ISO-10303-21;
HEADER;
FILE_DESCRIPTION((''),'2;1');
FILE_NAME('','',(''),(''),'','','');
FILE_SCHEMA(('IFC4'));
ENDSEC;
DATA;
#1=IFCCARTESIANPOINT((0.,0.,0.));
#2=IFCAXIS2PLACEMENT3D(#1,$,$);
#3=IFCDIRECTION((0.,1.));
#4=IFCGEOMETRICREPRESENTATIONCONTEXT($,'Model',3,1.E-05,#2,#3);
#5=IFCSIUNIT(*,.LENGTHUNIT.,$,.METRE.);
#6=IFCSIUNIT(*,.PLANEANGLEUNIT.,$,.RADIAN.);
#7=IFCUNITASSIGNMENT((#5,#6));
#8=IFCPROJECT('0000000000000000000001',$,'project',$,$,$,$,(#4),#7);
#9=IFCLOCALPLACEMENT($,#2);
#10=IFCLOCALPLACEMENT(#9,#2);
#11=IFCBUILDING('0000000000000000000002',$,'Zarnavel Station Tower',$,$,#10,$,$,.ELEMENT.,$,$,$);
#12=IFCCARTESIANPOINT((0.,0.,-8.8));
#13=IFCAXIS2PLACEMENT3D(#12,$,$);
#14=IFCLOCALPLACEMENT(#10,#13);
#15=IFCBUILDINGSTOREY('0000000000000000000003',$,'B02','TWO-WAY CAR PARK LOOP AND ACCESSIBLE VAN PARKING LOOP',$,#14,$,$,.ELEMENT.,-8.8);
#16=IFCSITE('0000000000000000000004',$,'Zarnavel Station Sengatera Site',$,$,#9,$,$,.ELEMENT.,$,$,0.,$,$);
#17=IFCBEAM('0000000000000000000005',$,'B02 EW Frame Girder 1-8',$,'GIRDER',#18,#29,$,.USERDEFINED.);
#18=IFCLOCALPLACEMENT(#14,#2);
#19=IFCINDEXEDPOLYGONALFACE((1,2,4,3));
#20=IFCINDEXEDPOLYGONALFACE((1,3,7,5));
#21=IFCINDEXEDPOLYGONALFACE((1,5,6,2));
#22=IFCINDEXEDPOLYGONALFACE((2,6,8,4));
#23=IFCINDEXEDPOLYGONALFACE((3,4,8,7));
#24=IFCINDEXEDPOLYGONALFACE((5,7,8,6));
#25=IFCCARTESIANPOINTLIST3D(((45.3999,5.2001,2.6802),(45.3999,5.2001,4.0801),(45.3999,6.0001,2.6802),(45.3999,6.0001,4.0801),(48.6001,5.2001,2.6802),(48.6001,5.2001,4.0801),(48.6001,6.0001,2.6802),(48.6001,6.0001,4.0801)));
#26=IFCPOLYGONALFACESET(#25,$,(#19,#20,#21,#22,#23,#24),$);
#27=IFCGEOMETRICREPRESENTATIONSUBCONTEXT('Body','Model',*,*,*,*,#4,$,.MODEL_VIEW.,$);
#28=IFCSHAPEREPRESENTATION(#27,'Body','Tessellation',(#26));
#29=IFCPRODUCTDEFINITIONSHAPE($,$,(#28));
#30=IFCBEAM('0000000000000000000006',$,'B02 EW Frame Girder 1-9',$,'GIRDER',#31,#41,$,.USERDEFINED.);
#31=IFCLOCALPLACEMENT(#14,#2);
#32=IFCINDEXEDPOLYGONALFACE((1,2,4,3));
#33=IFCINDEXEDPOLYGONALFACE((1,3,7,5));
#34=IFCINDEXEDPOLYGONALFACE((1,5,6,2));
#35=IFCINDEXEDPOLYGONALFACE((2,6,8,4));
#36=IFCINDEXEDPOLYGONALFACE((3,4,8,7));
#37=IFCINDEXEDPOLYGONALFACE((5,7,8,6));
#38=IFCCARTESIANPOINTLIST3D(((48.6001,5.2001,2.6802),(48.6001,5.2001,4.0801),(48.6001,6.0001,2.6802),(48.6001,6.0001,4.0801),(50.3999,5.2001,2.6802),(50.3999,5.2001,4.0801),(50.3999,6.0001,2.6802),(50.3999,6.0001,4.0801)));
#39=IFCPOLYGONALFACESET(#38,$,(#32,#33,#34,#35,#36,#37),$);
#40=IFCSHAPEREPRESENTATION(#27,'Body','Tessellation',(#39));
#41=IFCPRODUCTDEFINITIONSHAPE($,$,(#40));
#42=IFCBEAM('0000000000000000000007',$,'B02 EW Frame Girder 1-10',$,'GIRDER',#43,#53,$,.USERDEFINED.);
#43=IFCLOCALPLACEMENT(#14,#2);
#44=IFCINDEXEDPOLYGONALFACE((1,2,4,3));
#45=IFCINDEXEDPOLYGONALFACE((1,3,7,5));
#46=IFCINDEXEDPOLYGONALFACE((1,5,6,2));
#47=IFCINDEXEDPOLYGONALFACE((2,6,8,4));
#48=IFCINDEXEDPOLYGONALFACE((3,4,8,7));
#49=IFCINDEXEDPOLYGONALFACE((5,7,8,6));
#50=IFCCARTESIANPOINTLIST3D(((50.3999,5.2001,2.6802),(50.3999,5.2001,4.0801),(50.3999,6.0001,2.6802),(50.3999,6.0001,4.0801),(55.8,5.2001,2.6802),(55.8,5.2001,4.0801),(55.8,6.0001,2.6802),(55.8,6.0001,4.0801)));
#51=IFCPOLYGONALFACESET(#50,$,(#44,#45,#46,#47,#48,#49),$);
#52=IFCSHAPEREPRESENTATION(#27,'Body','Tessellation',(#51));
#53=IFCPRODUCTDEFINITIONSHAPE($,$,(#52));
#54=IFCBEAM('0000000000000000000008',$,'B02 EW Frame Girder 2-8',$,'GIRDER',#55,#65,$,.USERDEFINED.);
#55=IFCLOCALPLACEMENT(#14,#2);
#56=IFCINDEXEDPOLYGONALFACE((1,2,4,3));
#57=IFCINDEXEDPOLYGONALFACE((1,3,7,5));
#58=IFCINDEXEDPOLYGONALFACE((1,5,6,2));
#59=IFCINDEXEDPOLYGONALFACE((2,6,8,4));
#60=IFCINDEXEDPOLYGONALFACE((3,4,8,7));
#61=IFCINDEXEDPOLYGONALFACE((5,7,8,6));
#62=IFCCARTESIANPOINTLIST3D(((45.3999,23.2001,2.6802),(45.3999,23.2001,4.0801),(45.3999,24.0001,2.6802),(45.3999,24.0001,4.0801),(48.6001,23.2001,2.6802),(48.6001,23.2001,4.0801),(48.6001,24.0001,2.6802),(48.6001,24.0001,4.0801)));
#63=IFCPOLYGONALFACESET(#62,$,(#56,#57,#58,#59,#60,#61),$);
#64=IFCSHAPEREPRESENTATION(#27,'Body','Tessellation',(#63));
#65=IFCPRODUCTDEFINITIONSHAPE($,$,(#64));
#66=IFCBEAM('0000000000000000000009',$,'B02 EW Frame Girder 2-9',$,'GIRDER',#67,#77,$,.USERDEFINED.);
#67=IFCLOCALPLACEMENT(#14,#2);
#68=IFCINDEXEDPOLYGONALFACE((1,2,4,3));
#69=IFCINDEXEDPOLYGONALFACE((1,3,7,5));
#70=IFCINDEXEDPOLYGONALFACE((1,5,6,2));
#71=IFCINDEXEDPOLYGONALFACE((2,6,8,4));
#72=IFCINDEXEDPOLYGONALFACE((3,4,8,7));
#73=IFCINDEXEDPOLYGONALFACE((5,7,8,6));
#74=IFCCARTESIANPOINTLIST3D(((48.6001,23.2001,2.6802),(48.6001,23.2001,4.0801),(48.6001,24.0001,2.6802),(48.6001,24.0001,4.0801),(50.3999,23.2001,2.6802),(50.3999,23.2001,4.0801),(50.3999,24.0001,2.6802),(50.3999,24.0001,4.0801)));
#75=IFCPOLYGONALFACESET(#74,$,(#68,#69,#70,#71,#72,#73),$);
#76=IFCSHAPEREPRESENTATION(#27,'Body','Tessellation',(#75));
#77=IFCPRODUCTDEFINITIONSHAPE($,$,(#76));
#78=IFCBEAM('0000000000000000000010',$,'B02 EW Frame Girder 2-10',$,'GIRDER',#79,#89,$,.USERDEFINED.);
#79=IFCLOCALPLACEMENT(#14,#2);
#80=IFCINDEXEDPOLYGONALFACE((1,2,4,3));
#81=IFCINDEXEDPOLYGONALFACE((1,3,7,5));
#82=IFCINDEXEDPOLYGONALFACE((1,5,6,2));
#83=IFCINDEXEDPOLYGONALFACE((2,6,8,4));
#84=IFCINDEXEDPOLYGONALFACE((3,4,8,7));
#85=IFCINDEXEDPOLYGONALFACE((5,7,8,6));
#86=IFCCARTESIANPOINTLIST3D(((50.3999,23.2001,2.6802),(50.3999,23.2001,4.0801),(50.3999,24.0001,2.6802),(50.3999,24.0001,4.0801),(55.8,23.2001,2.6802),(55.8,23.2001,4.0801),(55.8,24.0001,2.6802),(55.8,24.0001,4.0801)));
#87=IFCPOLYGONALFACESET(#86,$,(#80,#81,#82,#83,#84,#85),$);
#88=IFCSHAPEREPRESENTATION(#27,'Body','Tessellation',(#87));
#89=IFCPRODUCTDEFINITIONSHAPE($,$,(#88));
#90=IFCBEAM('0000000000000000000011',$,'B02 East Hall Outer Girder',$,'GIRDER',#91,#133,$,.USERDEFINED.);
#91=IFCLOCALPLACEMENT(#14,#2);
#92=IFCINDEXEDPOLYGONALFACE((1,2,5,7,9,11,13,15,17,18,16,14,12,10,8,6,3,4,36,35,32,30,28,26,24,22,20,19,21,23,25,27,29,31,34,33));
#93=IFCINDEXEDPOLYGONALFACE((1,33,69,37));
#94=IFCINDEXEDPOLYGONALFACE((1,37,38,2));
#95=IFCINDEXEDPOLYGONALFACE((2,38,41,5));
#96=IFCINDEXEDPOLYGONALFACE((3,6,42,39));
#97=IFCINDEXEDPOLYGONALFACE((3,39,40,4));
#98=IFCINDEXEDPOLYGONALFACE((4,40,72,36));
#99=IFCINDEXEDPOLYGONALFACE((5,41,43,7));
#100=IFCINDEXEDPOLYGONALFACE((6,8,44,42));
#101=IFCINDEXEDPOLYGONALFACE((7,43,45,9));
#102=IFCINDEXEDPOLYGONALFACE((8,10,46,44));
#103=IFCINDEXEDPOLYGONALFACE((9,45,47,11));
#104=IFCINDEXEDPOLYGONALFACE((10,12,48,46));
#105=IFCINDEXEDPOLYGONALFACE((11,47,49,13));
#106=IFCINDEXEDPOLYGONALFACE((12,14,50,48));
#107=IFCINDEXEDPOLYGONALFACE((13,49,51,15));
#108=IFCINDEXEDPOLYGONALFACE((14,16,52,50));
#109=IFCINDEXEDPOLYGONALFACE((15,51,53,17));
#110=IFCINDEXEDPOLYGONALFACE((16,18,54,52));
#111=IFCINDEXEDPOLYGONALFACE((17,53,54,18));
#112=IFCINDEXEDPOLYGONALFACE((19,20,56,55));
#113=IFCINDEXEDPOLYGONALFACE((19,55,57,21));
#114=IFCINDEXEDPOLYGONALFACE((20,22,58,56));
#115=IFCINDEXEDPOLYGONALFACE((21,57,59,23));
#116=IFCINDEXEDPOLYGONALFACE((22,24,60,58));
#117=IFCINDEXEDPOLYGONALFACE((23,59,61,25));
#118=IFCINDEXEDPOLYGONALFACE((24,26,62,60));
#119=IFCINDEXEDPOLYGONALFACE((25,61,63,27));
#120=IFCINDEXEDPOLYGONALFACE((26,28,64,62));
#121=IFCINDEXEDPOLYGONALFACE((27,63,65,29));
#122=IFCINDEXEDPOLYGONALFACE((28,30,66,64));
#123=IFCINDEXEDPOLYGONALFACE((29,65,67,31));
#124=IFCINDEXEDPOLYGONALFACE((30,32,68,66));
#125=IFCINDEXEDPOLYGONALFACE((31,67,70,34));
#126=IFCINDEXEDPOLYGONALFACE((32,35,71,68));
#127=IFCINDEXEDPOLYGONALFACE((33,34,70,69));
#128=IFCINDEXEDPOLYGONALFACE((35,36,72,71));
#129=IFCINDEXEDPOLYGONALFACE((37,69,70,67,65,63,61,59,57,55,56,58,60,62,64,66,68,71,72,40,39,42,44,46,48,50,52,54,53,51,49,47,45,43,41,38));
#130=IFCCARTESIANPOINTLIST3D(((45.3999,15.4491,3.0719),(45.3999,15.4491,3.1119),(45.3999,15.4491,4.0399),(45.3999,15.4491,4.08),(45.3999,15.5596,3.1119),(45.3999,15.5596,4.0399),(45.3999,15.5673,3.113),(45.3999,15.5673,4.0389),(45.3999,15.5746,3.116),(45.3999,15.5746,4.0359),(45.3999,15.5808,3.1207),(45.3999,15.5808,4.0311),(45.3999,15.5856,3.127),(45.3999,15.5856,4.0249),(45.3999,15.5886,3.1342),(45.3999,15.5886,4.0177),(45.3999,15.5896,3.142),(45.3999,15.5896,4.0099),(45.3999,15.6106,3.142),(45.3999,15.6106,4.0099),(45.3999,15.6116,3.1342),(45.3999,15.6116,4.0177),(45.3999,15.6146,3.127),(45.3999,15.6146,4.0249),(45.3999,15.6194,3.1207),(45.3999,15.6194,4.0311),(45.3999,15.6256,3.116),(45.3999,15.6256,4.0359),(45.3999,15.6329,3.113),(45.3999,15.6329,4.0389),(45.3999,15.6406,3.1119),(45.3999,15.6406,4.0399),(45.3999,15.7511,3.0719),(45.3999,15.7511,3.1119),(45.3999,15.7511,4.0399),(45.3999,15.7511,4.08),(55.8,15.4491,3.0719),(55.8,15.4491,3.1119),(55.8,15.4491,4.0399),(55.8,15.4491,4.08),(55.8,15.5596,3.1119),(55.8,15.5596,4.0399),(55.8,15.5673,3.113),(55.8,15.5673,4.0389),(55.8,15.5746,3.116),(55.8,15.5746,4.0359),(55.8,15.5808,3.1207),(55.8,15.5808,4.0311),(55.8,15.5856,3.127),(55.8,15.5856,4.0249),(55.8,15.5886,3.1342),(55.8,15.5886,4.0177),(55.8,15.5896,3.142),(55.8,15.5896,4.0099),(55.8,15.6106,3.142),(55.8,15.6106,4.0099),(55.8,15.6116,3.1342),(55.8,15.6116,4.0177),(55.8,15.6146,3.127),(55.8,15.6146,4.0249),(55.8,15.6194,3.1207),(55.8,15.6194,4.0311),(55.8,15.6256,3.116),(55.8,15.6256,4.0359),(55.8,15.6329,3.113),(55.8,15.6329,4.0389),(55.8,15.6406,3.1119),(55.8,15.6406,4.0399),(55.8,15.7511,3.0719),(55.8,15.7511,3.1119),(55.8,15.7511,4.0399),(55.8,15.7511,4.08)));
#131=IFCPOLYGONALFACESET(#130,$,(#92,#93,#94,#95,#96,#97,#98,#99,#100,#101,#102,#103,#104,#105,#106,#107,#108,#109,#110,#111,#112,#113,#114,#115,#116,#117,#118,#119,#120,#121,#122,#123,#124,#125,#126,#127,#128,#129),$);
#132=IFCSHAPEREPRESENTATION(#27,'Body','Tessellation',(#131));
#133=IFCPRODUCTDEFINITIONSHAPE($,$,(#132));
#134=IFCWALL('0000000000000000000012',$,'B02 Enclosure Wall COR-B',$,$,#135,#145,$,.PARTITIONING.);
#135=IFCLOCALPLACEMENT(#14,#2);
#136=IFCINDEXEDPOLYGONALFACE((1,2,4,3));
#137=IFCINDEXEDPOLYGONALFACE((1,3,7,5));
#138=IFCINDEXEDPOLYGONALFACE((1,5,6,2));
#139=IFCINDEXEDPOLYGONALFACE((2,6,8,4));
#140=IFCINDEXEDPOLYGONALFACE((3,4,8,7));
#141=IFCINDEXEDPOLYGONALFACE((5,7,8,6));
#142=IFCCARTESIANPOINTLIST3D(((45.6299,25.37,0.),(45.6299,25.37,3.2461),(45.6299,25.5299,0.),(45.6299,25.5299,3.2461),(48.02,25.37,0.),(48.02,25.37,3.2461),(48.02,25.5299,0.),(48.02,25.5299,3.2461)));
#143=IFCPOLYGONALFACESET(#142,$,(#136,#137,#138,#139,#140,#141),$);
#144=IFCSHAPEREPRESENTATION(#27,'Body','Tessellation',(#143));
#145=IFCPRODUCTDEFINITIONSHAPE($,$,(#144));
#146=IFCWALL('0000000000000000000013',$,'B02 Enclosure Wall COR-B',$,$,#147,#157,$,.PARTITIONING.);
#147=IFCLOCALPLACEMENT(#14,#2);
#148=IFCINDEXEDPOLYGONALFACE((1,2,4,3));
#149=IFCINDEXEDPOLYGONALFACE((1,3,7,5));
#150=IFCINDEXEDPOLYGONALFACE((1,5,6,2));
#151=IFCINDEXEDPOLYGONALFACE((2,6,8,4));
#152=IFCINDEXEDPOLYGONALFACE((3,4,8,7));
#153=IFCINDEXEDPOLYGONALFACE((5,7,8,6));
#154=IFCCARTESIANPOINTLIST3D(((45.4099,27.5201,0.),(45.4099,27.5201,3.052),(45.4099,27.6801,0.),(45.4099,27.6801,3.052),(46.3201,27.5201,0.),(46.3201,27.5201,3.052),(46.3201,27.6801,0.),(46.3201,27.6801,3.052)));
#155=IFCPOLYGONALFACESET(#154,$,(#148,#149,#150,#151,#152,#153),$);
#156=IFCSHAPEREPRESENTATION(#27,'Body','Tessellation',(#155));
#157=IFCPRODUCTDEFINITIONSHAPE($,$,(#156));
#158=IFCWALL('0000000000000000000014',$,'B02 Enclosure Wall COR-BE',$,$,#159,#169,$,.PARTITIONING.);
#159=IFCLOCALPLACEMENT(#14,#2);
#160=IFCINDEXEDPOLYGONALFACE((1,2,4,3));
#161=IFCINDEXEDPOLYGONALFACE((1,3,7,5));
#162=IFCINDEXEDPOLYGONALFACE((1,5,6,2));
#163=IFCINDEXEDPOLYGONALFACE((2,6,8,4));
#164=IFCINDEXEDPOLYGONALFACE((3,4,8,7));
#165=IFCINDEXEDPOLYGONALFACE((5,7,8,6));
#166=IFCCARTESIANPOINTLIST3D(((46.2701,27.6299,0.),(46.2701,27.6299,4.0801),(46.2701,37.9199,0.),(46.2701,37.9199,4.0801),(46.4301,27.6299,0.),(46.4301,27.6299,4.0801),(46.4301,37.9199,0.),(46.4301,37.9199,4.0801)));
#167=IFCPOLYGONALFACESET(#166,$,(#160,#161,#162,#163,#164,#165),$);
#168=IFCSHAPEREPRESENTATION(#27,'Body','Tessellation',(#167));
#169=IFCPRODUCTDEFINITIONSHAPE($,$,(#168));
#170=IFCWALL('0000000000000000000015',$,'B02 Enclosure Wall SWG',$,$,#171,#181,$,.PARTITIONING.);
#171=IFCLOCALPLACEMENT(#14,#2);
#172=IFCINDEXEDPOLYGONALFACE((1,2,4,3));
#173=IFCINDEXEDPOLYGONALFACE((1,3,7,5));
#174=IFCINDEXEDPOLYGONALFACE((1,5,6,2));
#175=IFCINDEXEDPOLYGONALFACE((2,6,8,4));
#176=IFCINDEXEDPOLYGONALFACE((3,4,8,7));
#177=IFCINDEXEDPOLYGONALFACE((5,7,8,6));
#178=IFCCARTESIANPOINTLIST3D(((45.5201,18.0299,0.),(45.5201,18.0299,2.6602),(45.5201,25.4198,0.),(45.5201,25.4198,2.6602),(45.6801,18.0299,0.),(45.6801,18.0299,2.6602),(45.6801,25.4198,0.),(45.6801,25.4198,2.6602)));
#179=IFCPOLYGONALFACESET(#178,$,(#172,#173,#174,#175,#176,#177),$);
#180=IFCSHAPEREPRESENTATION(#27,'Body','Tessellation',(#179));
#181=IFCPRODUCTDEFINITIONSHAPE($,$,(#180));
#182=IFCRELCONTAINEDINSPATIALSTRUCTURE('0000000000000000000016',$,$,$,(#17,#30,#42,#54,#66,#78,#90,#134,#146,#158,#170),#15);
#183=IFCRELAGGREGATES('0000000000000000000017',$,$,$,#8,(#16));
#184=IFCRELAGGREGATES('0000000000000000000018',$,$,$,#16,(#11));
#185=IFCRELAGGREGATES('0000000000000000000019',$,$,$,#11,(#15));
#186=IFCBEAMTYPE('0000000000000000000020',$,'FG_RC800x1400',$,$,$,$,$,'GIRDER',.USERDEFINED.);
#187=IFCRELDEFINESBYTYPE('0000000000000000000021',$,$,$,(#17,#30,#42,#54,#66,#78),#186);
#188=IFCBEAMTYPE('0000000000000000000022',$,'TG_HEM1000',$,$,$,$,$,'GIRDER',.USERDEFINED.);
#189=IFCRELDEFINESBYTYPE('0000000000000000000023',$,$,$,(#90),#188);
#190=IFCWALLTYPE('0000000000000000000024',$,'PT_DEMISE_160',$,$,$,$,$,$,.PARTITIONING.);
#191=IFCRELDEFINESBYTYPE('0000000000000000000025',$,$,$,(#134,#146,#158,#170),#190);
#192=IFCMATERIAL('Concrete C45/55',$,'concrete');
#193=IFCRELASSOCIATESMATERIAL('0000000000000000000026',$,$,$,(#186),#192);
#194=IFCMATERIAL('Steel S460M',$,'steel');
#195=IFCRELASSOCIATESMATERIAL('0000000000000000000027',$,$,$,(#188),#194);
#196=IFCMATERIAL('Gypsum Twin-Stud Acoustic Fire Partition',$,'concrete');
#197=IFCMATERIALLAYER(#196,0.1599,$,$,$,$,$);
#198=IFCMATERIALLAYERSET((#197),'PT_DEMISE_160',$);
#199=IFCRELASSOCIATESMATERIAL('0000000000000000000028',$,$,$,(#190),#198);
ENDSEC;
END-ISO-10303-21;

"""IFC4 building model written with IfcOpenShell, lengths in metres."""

from ifc_helpers import new_model, si_unit, direction, frame, frame_2d, origin, origin_2d, place, context, subcontext, project, spatial, rectangle, i_section, extrude, material, layer, layer_set, material_profile, profile_set, type_object, element, save


model = new_model("IFC4")

# Units and contexts
model_context = context("Model", 3, precision=1e-05, world=origin(), true_north=direction((0.0, 1.0)))
body_context = subcontext(model_context, "Body", "Model", "MODEL_VIEW")
ifc_project = project(units=[si_unit("LENGTHUNIT", "METRE"), si_unit("PLANEANGLEUNIT", "RADIAN")], contexts=[model_context])

# Site, building, storey
site_placement = place(None, origin())
site = spatial("IfcSite", under=ifc_project, at=site_placement, Name="Zarnavel Station Sengatera Site", CompositionType="ELEMENT", RefElevation=0.0)
building_placement = place(site_placement, origin())
building = spatial("IfcBuilding", under=site, at=building_placement, Name="Zarnavel Station Tower", CompositionType="ELEMENT")
storey_placement = place(building_placement, frame((0.0, 0.0, -8.8)))
storey = spatial("IfcBuildingStorey", under=building, at=storey_placement, Name="B02", Description="TWO-WAY CAR PARK LOOP AND ACCESSIBLE VAN PARKING LOOP", CompositionType="ELEMENT", Elevation=-8.8)

# Beams
ifc_material_1 = material(Name="Concrete C45/55", Category="concrete")
ifc_material_profile_1 = material_profile(ifc_material_1, rectangle(XDim=0.8, YDim=1.3999, at=origin_2d()), Name="RC800x1400")
ifc_profile_set_1 = profile_set([ifc_material_profile_1], Name="Concrete C45/55")
beam_type_1 = type_object("IfcBeamType", Name="FG_RC800x1400", ElementType="GIRDER", PredefinedType="USERDEFINED", material=ifc_profile_set_1)
beam_1_placement = place(storey_placement, frame((45.3999, 5.6001, 3.3801), z_axis=(1.0, 0.0, 0.0), x_axis=(0.0, 1.0, 0.0)))
element("IfcBeam", 1, at=beam_1_placement, inside=storey, type_object=beam_type_1, Name="B02 EW Frame Girder 1-8", ObjectType="GIRDER", PredefinedType="USERDEFINED", context=body_context, shape_type="SweptSolid", body=[
    extrude(rectangle(XDim=0.8, YDim=1.3999, at=origin_2d()), origin(), (0.0, 0.0, 1.0), 3.2002),
])
beam_2_placement = place(storey_placement, frame((48.6001, 5.6001, 3.3801), z_axis=(1.0, 0.0, 0.0), x_axis=(0.0, 1.0, 0.0)))
element("IfcBeam", 2, at=beam_2_placement, inside=storey, type_object=beam_type_1, Name="B02 EW Frame Girder 1-9", ObjectType="GIRDER", PredefinedType="USERDEFINED", context=body_context, shape_type="SweptSolid", body=[
    extrude(rectangle(XDim=0.8, YDim=1.3999, at=origin_2d()), origin(), (0.0, 0.0, 1.0), 1.7998),
])
beam_3_placement = place(storey_placement, frame((50.3999, 5.6001, 3.3801), z_axis=(1.0, 0.0, 0.0), x_axis=(0.0, 1.0, 0.0)))
element("IfcBeam", 3, at=beam_3_placement, inside=storey, type_object=beam_type_1, Name="B02 EW Frame Girder 1-10", ObjectType="GIRDER", PredefinedType="USERDEFINED", context=body_context, shape_type="SweptSolid", body=[
    extrude(rectangle(XDim=0.8, YDim=1.3999, at=origin_2d()), origin(), (0.0, 0.0, 1.0), 5.4001),
])
beam_4_placement = place(storey_placement, frame((45.3999, 23.6001, 3.3801), z_axis=(1.0, 0.0, 0.0), x_axis=(0.0, 1.0, 0.0)))
element("IfcBeam", 4, at=beam_4_placement, inside=storey, type_object=beam_type_1, Name="B02 EW Frame Girder 2-8", ObjectType="GIRDER", PredefinedType="USERDEFINED", context=body_context, shape_type="SweptSolid", body=[
    extrude(rectangle(XDim=0.8, YDim=1.3999, at=origin_2d()), origin(), (0.0, 0.0, 1.0), 3.2002),
])
beam_5_placement = place(storey_placement, frame((48.6001, 23.6001, 3.3801), z_axis=(1.0, 0.0, 0.0), x_axis=(0.0, 1.0, 0.0)))
element("IfcBeam", 5, at=beam_5_placement, inside=storey, type_object=beam_type_1, Name="B02 EW Frame Girder 2-9", ObjectType="GIRDER", PredefinedType="USERDEFINED", context=body_context, shape_type="SweptSolid", body=[
    extrude(rectangle(XDim=0.8, YDim=1.3999, at=origin_2d()), origin(), (0.0, 0.0, 1.0), 1.7998),
])
beam_6_placement = place(storey_placement, frame((50.3999, 23.6001, 3.3801), z_axis=(1.0, 0.0, 0.0), x_axis=(0.0, 1.0, 0.0)))
element("IfcBeam", 6, at=beam_6_placement, inside=storey, type_object=beam_type_1, Name="B02 EW Frame Girder 2-10", ObjectType="GIRDER", PredefinedType="USERDEFINED", context=body_context, shape_type="SweptSolid", body=[
    extrude(rectangle(XDim=0.8, YDim=1.3999, at=origin_2d()), origin(), (0.0, 0.0, 1.0), 5.4001),
])
ifc_material_2 = material(Name="Steel S460M", Category="steel")
ifc_material_profile_2 = material_profile(ifc_material_2, i_section(OverallWidth=0.302, OverallDepth=1.0081, WebThickness=0.021, FlangeThickness=0.04, FilletRadius=0.03, at=origin_2d()), Name="HEM1000")
ifc_profile_set_2 = profile_set([ifc_material_profile_2], Name="Steel S460M")
beam_type_2 = type_object("IfcBeamType", Name="TG_HEM1000", ElementType="GIRDER", PredefinedType="USERDEFINED", material=ifc_profile_set_2)
beam_7_placement = place(storey_placement, frame((45.3999, 15.6001, 3.5759), z_axis=(1.0, 0.0, 0.0), x_axis=(0.0, 1.0, 0.0)))
element("IfcBeam", 7, at=beam_7_placement, inside=storey, type_object=beam_type_2, Name="B02 East Hall Outer Girder", ObjectType="GIRDER", PredefinedType="USERDEFINED", context=body_context, shape_type="SweptSolid", body=[
    extrude(i_section(OverallWidth=0.302, OverallDepth=1.0081, WebThickness=0.021, FlangeThickness=0.04, FilletRadius=0.03, at=origin_2d()), origin(), (0.0, 0.0, 1.0), 10.4001),
])

# Walls
ifc_material_3 = material(Name="Gypsum Twin-Stud Acoustic Fire Partition", Category="concrete")
ifc_layer_1 = layer(ifc_material_3, 0.1599)
ifc_layer_set_1 = layer_set([ifc_layer_1], Name="PT_DEMISE_160")
wall_type_1 = type_object("IfcWallType", Name="PT_DEMISE_160", PredefinedType="PARTITIONING", material=ifc_layer_set_1)
wall_1_placement = place(storey_placement, frame((45.6299, 25.45, 0.0), z_axis=(0.0, 0.0, 1.0), x_axis=(1.0, 0.0, 0.0)))
element("IfcWall", 8, at=wall_1_placement, inside=storey, type_object=wall_type_1, Name="B02 Enclosure Wall COR-B", PredefinedType="PARTITIONING", context=body_context, shape_type="SweptSolid", body=[
    extrude(rectangle(XDim=2.3901, YDim=0.1599, at=frame_2d((1.1951, 0.0))), origin(), (0.0, 0.0, 1.0), 3.2461),
])
wall_2_placement = place(storey_placement, frame((45.4099, 27.6001, 0.0), z_axis=(0.0, 0.0, 1.0), x_axis=(1.0, 0.0, 0.0)))
element("IfcWall", 9, at=wall_2_placement, inside=storey, type_object=wall_type_1, Name="B02 Enclosure Wall COR-B", PredefinedType="PARTITIONING", context=body_context, shape_type="SweptSolid", body=[
    extrude(rectangle(XDim=0.9102, YDim=0.1599, at=frame_2d((0.4551, 0.0))), origin(), (0.0, 0.0, 1.0), 3.052),
])
wall_3_placement = place(storey_placement, frame((46.3501, 27.6299, 0.0), z_axis=(0.0, 0.0, 1.0), x_axis=(0.0, 1.0, 0.0)))
element("IfcWall", 10, at=wall_3_placement, inside=storey, type_object=wall_type_1, Name="B02 Enclosure Wall COR-BE", PredefinedType="PARTITIONING", context=body_context, shape_type="SweptSolid", body=[
    extrude(rectangle(XDim=10.29, YDim=0.1599, at=frame_2d((5.145, 0.0))), origin(), (0.0, 0.0, 1.0), 4.0801),
])
wall_4_placement = place(storey_placement, frame((45.6001, 18.03, 0.0), z_axis=(0.0, 0.0, 1.0), x_axis=(0.0, 1.0, 0.0)))
element("IfcWall", 11, at=wall_4_placement, inside=storey, type_object=wall_type_1, Name="B02 Enclosure Wall SWG", PredefinedType="PARTITIONING", context=body_context, shape_type="SweptSolid", body=[
    extrude(rectangle(XDim=7.3899, YDim=0.1599, at=frame_2d((3.6948, 0.0))), origin(), (0.0, 0.0, 1.0), 2.6602),
])

save(model, "model.ifc")
